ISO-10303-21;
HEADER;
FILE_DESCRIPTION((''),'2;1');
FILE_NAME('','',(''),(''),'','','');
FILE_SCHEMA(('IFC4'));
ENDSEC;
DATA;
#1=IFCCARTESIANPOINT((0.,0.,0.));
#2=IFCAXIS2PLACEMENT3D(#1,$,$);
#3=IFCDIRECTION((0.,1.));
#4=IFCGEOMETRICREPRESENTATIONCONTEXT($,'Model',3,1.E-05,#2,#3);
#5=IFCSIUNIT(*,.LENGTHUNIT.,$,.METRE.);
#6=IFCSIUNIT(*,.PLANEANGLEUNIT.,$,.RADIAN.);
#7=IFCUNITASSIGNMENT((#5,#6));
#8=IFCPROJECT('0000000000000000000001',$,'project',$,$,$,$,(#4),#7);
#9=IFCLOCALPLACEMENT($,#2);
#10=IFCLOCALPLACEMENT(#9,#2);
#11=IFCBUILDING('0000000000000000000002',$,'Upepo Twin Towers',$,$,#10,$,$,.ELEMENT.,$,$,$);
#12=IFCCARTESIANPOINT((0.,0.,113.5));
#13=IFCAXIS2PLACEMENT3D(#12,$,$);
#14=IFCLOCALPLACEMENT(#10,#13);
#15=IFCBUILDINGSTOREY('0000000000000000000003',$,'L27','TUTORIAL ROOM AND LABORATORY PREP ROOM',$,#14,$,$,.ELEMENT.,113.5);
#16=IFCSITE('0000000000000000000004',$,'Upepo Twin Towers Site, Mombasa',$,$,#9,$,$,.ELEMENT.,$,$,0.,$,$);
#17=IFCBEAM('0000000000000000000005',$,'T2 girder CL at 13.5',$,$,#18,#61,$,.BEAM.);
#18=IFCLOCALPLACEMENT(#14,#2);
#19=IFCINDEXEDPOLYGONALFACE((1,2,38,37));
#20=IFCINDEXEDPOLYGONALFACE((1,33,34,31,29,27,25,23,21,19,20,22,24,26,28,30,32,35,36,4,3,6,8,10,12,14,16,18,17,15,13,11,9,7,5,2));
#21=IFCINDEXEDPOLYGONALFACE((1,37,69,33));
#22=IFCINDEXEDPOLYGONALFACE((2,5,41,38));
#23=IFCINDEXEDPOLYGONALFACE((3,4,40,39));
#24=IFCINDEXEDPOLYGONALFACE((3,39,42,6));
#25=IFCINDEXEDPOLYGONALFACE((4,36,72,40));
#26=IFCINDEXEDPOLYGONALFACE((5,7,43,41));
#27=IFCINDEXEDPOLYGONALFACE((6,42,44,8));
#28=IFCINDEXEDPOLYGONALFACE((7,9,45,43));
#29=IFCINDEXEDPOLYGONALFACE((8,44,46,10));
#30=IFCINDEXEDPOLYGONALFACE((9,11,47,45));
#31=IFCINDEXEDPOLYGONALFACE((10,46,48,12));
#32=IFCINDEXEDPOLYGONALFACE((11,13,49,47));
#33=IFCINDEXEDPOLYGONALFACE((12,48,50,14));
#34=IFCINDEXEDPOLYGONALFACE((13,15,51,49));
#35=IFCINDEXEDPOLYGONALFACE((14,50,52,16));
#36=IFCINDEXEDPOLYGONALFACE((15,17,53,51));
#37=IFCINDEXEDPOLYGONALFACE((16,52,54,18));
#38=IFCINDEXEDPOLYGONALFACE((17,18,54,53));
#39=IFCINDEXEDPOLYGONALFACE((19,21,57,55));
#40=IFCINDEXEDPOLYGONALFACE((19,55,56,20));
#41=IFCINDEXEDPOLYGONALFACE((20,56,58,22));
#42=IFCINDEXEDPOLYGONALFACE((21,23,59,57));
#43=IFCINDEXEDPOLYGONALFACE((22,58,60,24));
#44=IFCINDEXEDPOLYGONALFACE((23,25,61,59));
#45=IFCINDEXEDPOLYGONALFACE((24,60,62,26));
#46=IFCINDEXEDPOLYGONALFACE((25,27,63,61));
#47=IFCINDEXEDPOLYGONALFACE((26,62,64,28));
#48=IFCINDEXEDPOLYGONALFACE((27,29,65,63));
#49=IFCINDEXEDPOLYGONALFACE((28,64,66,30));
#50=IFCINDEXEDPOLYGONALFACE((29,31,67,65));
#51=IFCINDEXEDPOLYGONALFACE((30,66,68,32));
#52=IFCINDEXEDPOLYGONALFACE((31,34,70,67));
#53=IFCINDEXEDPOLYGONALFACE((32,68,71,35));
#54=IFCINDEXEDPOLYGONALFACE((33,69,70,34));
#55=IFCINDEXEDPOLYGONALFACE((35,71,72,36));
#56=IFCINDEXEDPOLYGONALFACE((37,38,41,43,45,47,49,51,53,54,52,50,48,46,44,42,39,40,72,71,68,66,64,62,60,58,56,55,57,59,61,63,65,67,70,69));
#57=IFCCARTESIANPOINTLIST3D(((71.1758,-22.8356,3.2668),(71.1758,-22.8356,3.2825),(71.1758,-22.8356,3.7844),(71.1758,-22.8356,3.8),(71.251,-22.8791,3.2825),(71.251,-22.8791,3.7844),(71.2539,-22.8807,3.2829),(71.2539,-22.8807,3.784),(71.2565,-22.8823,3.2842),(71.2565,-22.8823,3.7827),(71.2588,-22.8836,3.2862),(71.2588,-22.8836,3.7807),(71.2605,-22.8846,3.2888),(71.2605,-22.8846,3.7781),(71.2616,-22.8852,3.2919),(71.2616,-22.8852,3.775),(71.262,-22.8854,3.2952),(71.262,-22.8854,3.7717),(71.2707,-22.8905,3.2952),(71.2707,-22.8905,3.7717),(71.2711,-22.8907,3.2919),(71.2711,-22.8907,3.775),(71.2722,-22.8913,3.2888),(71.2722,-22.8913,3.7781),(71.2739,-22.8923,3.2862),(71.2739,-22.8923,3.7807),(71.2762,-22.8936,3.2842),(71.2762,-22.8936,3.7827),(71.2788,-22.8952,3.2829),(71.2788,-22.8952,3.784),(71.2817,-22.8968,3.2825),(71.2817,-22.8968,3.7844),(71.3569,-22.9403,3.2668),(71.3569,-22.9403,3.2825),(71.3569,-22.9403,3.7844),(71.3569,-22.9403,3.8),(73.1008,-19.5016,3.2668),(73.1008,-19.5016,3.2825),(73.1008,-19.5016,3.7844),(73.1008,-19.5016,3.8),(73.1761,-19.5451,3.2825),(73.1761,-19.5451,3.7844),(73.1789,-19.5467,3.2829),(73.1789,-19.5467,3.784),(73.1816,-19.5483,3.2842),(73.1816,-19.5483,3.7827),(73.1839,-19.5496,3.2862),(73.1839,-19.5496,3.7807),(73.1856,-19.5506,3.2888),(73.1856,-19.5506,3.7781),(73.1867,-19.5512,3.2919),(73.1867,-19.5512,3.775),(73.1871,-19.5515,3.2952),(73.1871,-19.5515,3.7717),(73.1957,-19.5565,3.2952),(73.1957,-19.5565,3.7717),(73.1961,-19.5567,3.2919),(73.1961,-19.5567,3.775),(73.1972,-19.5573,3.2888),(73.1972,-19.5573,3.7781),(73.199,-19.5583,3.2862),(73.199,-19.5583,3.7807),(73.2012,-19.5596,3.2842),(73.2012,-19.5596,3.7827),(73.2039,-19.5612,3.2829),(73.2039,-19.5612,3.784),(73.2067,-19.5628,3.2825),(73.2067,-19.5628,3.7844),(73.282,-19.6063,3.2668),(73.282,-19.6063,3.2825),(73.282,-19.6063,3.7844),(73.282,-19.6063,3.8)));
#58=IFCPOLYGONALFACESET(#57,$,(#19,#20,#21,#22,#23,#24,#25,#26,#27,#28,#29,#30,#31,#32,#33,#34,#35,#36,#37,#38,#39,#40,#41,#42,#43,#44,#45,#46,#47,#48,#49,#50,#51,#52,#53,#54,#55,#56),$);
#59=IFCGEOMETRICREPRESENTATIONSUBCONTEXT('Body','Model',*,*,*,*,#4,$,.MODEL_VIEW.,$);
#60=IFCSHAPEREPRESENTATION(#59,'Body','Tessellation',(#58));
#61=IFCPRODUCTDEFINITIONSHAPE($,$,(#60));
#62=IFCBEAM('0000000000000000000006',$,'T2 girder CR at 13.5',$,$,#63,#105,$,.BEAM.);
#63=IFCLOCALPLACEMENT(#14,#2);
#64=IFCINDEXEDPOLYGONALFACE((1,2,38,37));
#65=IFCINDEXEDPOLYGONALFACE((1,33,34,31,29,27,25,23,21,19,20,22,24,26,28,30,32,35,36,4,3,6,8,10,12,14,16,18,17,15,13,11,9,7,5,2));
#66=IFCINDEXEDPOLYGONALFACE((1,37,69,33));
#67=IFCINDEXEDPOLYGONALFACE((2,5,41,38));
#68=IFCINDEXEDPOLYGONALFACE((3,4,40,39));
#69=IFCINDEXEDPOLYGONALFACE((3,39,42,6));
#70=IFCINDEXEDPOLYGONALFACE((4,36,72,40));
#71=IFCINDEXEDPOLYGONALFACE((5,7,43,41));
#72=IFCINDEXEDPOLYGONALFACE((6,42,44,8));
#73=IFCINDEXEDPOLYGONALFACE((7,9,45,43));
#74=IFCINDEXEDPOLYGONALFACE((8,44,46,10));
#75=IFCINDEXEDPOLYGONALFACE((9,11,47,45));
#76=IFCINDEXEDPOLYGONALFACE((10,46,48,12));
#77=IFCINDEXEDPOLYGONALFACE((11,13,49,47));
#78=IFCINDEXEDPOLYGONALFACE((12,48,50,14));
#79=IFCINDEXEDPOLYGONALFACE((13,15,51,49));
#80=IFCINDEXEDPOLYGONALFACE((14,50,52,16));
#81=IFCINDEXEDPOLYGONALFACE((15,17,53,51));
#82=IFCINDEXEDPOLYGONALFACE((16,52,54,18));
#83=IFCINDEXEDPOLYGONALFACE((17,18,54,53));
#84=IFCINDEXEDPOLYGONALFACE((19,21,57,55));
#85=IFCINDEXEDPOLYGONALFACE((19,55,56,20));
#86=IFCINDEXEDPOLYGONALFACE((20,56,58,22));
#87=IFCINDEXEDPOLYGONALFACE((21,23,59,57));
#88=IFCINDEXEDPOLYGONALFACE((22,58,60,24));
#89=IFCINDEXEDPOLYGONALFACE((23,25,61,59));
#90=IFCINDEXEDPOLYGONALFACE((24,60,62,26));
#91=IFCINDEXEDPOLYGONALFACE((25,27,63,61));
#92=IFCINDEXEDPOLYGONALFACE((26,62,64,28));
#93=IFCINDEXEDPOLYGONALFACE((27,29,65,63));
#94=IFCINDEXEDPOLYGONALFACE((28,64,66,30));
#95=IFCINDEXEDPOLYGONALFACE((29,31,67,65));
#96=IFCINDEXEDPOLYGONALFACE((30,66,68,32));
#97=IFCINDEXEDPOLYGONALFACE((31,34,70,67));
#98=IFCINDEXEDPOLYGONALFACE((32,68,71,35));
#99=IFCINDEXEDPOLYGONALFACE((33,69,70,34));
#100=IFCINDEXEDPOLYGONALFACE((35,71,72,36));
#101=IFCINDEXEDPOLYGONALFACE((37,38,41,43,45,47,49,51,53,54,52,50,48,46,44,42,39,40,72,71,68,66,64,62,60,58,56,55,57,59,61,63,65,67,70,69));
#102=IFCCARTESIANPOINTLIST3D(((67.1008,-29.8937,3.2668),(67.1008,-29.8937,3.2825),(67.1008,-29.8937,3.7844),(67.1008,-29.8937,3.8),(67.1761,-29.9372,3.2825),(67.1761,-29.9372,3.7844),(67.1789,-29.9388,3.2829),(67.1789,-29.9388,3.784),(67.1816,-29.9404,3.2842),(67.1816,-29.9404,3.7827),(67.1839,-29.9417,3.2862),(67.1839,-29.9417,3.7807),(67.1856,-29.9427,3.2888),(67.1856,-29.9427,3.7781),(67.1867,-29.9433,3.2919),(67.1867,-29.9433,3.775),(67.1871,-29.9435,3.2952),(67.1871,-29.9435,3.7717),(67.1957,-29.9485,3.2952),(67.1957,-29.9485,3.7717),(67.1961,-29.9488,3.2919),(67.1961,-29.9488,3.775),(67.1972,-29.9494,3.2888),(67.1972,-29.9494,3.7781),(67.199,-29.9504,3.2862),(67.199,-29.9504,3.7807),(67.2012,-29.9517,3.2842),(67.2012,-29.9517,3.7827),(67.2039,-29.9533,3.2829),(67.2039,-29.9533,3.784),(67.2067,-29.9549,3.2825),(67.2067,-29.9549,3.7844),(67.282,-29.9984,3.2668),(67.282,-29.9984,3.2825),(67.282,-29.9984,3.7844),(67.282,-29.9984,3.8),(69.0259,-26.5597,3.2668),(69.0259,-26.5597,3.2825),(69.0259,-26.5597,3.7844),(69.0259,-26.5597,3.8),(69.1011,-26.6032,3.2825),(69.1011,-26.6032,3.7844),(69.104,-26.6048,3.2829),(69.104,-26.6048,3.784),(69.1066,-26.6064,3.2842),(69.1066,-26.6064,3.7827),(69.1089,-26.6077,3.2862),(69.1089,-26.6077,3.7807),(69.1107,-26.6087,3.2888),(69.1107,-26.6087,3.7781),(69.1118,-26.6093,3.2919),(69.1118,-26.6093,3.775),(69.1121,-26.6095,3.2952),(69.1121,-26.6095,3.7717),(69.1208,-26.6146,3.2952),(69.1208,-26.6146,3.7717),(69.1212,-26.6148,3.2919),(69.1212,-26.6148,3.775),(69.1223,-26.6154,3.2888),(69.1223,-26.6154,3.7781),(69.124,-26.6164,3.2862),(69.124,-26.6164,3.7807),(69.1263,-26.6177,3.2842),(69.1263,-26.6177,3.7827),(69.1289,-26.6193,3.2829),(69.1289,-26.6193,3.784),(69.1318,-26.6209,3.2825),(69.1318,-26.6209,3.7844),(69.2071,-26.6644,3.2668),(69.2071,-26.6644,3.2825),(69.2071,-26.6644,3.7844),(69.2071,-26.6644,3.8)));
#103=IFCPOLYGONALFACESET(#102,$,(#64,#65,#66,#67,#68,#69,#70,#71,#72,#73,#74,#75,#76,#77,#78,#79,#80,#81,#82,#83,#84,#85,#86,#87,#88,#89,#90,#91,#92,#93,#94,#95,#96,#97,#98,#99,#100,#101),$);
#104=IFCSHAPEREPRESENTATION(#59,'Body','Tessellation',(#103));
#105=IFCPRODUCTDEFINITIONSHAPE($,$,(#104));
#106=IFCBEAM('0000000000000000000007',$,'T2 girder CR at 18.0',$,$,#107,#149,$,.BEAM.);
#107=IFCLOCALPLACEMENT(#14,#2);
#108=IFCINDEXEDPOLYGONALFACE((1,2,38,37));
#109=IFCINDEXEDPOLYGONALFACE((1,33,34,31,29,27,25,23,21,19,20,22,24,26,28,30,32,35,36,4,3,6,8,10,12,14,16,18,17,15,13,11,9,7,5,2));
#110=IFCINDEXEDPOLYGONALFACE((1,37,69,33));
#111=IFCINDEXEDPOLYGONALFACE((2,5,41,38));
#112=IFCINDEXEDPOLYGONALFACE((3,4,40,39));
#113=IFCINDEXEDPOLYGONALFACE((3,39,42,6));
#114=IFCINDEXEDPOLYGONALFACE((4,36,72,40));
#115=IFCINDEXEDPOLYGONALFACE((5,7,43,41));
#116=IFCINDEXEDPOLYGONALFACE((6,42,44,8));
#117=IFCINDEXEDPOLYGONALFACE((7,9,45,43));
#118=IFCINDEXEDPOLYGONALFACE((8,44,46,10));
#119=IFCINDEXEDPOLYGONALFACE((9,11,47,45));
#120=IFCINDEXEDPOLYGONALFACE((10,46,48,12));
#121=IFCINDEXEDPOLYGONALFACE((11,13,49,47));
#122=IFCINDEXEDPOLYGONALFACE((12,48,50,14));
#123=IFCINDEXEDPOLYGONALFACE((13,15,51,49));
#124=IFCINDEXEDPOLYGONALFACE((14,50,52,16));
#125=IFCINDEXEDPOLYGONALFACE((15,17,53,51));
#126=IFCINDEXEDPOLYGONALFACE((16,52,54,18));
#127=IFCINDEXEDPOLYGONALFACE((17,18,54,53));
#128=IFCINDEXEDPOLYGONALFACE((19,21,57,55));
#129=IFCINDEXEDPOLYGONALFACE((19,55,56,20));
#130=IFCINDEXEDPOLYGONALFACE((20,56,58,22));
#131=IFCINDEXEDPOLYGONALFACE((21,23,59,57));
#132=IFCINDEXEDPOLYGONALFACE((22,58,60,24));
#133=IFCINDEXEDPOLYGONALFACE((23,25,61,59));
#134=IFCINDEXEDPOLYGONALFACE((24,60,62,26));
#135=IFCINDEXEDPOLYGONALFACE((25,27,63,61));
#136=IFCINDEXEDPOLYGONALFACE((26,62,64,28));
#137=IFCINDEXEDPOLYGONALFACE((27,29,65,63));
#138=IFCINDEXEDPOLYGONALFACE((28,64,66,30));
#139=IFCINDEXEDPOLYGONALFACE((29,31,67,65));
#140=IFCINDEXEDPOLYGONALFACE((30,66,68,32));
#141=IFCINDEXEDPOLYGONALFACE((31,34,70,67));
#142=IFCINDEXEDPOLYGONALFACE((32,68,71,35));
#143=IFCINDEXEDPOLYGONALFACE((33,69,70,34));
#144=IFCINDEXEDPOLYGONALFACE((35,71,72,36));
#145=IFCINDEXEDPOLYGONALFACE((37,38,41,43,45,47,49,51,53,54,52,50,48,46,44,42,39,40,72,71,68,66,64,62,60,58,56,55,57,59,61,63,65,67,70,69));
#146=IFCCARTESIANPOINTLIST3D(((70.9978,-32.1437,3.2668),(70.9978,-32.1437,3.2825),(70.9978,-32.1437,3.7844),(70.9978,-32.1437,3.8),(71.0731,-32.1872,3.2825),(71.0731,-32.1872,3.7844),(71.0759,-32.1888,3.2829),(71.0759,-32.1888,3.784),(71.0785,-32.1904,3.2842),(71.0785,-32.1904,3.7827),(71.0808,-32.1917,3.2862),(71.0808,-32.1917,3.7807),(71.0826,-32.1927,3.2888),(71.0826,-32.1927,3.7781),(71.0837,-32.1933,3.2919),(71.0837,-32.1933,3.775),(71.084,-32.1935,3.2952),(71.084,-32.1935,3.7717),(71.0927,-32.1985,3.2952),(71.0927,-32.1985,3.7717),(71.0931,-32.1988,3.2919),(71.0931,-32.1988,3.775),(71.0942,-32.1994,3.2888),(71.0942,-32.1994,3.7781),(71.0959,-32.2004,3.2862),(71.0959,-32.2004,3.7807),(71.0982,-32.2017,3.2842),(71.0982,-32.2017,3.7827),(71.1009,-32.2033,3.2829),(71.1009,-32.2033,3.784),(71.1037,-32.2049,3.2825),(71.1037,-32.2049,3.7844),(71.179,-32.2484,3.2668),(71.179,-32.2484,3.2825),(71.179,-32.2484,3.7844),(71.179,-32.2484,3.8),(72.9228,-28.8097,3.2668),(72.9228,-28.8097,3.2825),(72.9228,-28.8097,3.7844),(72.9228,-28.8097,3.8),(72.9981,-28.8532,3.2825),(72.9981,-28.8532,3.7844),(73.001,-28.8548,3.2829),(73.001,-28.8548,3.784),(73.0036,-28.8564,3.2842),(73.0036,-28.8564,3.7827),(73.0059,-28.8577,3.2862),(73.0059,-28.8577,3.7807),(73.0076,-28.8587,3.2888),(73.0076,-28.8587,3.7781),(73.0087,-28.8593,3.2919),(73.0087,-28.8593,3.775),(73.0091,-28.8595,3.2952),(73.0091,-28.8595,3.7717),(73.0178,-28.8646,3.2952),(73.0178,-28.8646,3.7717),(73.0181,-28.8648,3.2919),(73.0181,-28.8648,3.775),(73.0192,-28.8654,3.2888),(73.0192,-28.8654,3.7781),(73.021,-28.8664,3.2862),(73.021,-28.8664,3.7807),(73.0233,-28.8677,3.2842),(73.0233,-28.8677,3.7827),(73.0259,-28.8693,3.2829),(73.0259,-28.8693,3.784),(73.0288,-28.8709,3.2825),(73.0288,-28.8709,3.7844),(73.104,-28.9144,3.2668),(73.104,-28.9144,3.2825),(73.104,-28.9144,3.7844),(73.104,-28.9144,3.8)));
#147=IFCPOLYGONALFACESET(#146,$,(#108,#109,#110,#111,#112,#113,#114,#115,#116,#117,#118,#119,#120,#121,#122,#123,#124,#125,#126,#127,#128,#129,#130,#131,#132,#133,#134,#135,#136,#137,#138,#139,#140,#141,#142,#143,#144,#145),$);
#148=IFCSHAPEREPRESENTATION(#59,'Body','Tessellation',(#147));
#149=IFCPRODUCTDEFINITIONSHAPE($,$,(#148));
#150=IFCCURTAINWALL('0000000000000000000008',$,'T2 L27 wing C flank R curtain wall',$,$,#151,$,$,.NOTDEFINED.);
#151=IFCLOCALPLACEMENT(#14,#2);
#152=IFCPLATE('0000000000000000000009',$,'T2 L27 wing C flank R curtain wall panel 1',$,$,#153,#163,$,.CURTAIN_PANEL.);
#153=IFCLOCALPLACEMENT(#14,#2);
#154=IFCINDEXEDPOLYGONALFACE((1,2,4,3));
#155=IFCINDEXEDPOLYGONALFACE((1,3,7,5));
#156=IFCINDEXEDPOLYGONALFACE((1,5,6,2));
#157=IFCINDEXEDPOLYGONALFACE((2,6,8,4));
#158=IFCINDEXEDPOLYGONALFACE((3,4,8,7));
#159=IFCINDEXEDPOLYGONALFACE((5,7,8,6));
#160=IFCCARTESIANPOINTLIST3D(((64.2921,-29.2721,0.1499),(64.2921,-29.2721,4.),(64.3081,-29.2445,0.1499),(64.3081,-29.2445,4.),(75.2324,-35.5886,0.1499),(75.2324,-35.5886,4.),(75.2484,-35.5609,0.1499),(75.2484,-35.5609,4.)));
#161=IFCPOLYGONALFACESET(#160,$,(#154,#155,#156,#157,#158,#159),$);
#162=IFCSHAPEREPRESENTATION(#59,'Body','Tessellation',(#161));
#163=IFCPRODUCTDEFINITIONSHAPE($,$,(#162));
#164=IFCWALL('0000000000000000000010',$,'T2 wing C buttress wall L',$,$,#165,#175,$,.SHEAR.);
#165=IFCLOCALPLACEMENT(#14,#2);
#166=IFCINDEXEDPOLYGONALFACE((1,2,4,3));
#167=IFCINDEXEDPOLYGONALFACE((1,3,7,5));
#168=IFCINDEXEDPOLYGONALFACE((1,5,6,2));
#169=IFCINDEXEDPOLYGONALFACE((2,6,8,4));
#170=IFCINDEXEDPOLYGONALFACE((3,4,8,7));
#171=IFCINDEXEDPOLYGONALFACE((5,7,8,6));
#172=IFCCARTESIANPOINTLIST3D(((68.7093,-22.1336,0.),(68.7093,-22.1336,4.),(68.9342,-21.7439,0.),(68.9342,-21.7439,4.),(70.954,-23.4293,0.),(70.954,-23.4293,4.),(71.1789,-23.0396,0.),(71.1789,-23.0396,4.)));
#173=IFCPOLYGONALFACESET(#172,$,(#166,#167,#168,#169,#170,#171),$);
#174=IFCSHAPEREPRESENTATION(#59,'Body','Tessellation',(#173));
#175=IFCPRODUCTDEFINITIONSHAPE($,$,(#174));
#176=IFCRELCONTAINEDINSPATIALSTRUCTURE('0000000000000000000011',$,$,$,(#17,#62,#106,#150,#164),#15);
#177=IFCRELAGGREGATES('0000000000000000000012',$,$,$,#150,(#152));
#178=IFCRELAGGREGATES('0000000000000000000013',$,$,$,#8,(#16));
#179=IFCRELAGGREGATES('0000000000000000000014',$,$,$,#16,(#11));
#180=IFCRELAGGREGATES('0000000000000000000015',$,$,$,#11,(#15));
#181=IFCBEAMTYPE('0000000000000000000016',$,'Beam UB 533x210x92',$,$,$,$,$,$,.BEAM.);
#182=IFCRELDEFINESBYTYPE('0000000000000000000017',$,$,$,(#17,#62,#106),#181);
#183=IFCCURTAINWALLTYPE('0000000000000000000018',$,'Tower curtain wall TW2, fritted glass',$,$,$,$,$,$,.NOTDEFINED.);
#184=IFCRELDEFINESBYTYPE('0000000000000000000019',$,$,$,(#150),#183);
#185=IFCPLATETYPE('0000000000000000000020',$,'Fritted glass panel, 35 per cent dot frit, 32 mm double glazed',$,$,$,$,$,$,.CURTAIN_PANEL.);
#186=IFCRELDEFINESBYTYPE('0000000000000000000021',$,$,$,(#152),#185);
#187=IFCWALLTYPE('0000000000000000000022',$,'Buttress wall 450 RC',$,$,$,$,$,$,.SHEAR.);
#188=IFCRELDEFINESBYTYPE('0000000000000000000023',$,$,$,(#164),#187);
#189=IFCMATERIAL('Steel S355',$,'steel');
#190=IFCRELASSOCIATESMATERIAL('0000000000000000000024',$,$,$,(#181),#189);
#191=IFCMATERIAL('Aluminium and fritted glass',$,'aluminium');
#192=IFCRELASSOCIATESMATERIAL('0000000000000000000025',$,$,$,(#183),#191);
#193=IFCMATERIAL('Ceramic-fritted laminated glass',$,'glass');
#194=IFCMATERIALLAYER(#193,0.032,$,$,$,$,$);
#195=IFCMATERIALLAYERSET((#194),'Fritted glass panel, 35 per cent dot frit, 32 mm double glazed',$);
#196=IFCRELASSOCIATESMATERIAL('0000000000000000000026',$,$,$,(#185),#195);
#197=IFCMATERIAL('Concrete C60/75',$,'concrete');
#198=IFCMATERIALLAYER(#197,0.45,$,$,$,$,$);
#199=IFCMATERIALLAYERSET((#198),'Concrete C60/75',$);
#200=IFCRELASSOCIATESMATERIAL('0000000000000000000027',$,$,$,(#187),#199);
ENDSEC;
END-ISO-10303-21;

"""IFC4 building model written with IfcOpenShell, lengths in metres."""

from ifc_helpers import new_model, si_unit, direction, frame, frame_2d, origin, origin_2d, place, context, subcontext, project, spatial, rectangle, i_section, extrude, material, layer, layer_set, material_profile, profile_set, type_object, element, aggregate, save


model = new_model("IFC4")

# Units and contexts
model_context = context("Model", 3, precision=1e-05, world=origin(), true_north=direction((0.0, 1.0)))
body_context = subcontext(model_context, "Body", "Model", "MODEL_VIEW")
ifc_project = project(units=[si_unit("LENGTHUNIT", "METRE"), si_unit("PLANEANGLEUNIT", "RADIAN")], contexts=[model_context])

# Site, building, storey
site_placement = place(None, origin())
site = spatial("IfcSite", under=ifc_project, at=site_placement, Name="Upepo Twin Towers Site, Mombasa", CompositionType="ELEMENT", RefElevation=0.0)
building_placement = place(site_placement, origin())
building = spatial("IfcBuilding", under=site, at=building_placement, Name="Upepo Twin Towers", CompositionType="ELEMENT")
storey_placement = place(building_placement, frame((0.0, 0.0, 113.5)))
storey = spatial("IfcBuildingStorey", under=building, at=storey_placement, Name="L27", Description="TUTORIAL ROOM AND LABORATORY PREP ROOM", CompositionType="ELEMENT", Elevation=113.5)

# Beams
ifc_material_1 = material(Name="Steel S355", Category="steel")
ifc_material_profile_1 = material_profile(ifc_material_1, i_section(OverallWidth=0.2092, OverallDepth=0.5332, WebThickness=0.01, FlangeThickness=0.0156, FilletRadius=0.0127, at=origin_2d()), Name="UB 533x210x92")
ifc_profile_set_1 = profile_set([ifc_material_profile_1], Name="Steel S355")
beam_type_1 = type_object("IfcBeamType", Name="Beam UB 533x210x92", PredefinedType="BEAM", material=ifc_profile_set_1)
for number, where, z_axis, x_axis, name in (
    (1, (73.1914, -19.554, 3.5334), (-0.500034, -0.866006, 0.0), (0.866006, -0.500034, 0.0), "T2 girder CL at 13.5"),
    (2, (67.1914, -29.946, 3.5334), (0.500034, 0.866006, 0.0), (-0.866006, 0.500034, 0.0), "T2 girder CR at 13.5"),
    (3, (71.0884, -32.196, 3.5334), (0.500034, 0.866006, 0.0), (-0.866006, 0.500034, 0.0), "T2 girder CR at 18.0"),
):
    element("IfcBeam", number, at=place(storey_placement, frame(where, z_axis=z_axis, x_axis=x_axis)), inside=storey, type_object=beam_type_1, Name=name, PredefinedType="BEAM", context=body_context, shape_type="SweptSolid", body=[
        extrude(i_section(OverallWidth=0.2092, OverallDepth=0.5332, WebThickness=0.01, FlangeThickness=0.0156, FilletRadius=0.0127, at=origin_2d()), origin(), (0.0, 0.0, 1.0), 3.8499),
    ])

# Curtain wall, plate
ifc_material_2 = material(Name="Aluminium and fritted glass", Category="aluminium")
curtain_wall_type = type_object("IfcCurtainWallType", Name="Tower curtain wall TW2, fritted glass", PredefinedType="NOTDEFINED", material=ifc_material_2)
curtain_wall_placement = place(storey_placement, origin())
curtain_wall = element("IfcCurtainWall", 4, at=curtain_wall_placement, inside=storey, type_object=curtain_wall_type, Name="T2 L27 wing C flank R curtain wall", PredefinedType="NOTDEFINED")
ifc_material_3 = material(Name="Ceramic-fritted laminated glass", Category="glass")
ifc_layer_1 = layer(ifc_material_3, 0.032)
ifc_layer_set_1 = layer_set([ifc_layer_1], Name="Fritted glass panel, 35 per cent dot frit, 32 mm double glazed")
plate_type = type_object("IfcPlateType", Name="Fritted glass panel, 35 per cent dot frit, 32 mm double glazed", PredefinedType="CURTAIN_PANEL", material=ifc_layer_set_1)
plate_placement = place(storey_placement, frame((69.7703, -32.4165, 0.1499), z_axis=(0.0, 0.0, 1.0), x_axis=(-0.866025, 0.5, 0.0)))
plate = element("IfcPlate", 5, at=plate_placement, type_object=plate_type, Name="T2 L27 wing C flank R curtain wall panel 1", PredefinedType="CURTAIN_PANEL", context=body_context, shape_type="SweptSolid", body=[
    extrude(rectangle(XDim=12.6328, YDim=0.032, at=origin_2d()), origin(), (0.0, 0.0, 1.0), 3.8501),
])
aggregate(curtain_wall, [plate])

# Wall
ifc_material_4 = material(Name="Concrete C60/75", Category="concrete")
ifc_layer_2 = layer(ifc_material_4, 0.45)
ifc_layer_set_2 = layer_set([ifc_layer_2], Name="Concrete C60/75")
wall_type_1 = type_object("IfcWallType", Name="Buttress wall 450 RC", PredefinedType="SHEAR", material=ifc_layer_set_2)
wall_1_placement = place(storey_placement, frame((68.8218, -21.9387, 0.0), z_axis=(0.0, 0.0, 1.0), x_axis=(0.866073, -0.499918, 0.0)))
element("IfcWall", 6, at=wall_1_placement, inside=storey, type_object=wall_type_1, Name="T2 wing C buttress wall L", PredefinedType="SHEAR", context=body_context, shape_type="SweptSolid", body=[
    extrude(rectangle(XDim=2.5918, YDim=0.45, at=frame_2d((1.2959, 0.0))), origin(), (0.0, 0.0, 1.0), 4.0),
])

save(model, "model.ifc")
